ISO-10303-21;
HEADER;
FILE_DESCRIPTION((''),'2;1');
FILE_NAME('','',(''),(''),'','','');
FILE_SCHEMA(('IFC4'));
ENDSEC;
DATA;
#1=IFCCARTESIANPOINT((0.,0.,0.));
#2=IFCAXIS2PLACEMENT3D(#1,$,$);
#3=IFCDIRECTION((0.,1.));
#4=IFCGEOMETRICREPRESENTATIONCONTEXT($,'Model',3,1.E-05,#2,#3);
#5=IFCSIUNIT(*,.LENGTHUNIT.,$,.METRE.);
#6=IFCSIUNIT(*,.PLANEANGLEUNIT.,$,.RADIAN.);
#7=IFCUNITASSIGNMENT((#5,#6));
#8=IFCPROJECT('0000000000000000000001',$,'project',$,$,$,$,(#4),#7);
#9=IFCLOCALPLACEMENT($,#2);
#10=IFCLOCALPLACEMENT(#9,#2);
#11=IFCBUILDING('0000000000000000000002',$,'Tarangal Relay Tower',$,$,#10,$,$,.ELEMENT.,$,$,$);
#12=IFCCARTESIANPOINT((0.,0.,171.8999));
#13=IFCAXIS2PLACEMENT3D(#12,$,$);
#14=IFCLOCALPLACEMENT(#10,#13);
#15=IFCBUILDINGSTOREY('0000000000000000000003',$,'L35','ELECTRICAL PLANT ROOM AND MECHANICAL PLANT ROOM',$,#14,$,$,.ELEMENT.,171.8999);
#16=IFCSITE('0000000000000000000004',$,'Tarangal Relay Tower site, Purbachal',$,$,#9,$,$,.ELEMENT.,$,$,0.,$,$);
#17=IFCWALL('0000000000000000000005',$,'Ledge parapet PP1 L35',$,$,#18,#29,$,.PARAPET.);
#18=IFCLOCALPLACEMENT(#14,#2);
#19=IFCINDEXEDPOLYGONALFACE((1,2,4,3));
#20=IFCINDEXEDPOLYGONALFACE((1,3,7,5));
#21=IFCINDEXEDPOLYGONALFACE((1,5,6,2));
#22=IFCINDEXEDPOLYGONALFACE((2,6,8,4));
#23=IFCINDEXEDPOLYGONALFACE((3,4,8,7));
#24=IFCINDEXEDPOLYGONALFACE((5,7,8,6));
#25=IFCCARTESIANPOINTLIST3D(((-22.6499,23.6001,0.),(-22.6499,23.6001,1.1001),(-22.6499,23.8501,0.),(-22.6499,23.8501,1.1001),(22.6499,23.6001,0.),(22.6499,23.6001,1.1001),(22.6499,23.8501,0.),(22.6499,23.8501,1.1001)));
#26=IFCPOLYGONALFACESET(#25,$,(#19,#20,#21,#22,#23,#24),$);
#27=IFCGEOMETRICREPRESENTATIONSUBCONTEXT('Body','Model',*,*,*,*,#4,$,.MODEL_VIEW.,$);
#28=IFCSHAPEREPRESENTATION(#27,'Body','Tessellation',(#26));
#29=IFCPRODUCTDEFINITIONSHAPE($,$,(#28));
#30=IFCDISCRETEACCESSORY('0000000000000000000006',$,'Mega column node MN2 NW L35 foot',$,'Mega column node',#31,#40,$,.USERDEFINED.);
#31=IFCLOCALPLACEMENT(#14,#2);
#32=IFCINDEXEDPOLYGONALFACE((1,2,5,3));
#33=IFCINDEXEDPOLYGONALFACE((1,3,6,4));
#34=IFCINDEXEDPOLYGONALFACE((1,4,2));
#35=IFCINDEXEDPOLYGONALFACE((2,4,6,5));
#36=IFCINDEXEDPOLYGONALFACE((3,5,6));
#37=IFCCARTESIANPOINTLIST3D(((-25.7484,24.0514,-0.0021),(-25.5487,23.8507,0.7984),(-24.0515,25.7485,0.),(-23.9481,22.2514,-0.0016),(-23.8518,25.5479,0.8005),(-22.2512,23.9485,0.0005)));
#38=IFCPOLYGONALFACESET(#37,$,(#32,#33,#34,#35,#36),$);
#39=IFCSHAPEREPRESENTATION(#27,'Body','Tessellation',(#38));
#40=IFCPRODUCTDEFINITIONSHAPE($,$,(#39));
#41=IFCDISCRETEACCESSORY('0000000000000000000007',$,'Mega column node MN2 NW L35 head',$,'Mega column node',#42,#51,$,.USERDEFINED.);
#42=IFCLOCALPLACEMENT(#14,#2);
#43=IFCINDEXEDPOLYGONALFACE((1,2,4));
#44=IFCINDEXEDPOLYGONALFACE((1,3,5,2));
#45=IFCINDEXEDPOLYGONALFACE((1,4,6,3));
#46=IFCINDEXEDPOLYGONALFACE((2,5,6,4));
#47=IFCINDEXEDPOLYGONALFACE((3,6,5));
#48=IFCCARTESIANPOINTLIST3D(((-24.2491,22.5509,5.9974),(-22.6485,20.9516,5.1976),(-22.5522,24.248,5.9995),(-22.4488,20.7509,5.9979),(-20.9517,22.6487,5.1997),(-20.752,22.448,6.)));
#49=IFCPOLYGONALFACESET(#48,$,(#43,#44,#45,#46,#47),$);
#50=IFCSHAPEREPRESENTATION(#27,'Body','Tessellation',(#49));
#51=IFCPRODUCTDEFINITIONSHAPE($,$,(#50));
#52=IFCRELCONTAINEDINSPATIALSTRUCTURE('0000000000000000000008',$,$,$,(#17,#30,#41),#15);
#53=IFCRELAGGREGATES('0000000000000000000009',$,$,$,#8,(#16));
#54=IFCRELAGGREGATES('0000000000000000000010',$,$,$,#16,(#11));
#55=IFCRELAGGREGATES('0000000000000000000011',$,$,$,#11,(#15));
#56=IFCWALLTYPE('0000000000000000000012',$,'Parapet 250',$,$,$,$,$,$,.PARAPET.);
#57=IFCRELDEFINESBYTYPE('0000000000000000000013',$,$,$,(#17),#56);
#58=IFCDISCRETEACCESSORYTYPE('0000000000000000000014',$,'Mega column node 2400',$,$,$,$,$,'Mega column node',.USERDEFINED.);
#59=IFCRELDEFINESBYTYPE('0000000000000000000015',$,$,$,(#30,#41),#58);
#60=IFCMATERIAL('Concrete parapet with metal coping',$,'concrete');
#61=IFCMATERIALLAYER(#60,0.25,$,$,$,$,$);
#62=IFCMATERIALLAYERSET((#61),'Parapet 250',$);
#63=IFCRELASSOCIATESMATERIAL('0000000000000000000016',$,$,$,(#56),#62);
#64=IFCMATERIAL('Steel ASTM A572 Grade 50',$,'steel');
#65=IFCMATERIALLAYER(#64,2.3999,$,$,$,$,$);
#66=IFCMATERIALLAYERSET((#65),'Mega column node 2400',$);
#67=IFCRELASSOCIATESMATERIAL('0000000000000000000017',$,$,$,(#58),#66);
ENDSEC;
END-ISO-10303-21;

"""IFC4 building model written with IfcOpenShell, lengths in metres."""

from ifc_helpers import new_model, si_unit, direction, frame, frame_2d, origin, place, context, subcontext, project, spatial, polyline, rectangle, outline, extrude, material, layer, layer_set, type_object, element, save


model = new_model("IFC4")

# Units and contexts
model_context = context("Model", 3, precision=1e-05, world=origin(), true_north=direction((0.0, 1.0)))
body_context = subcontext(model_context, "Body", "Model", "MODEL_VIEW")
ifc_project = project(units=[si_unit("LENGTHUNIT", "METRE"), si_unit("PLANEANGLEUNIT", "RADIAN")], contexts=[model_context])

# Site, building, storey
site_placement = place(None, origin())
site = spatial("IfcSite", under=ifc_project, at=site_placement, Name="Tarangal Relay Tower site, Purbachal", CompositionType="ELEMENT", RefElevation=0.0)
building_placement = place(site_placement, origin())
building = spatial("IfcBuilding", under=site, at=building_placement, Name="Tarangal Relay Tower", CompositionType="ELEMENT")
storey_placement = place(building_placement, frame((0.0, 0.0, 171.8999)))
storey = spatial("IfcBuildingStorey", under=building, at=storey_placement, Name="L35", Description="ELECTRICAL PLANT ROOM AND MECHANICAL PLANT ROOM", CompositionType="ELEMENT", Elevation=171.8999)

# Shared definitions
ifc_material_1 = material(Name="Steel ASTM A572 Grade 50", Category="steel")

# Wall
ifc_material_2 = material(Name="Concrete parapet with metal coping", Category="concrete")
ifc_layer_1 = layer(ifc_material_2, 0.25)
ifc_layer_set_1 = layer_set([ifc_layer_1], Name="Parapet 250")
wall_type_1 = type_object("IfcWallType", Name="Parapet 250", PredefinedType="PARAPET", material=ifc_layer_set_1)
wall_1_placement = place(storey_placement, frame((-22.6499, 23.7251, 0.0), z_axis=(0.0, 0.0, 1.0), x_axis=(1.0, 0.0, 0.0)))
element("IfcWall", 1, at=wall_1_placement, inside=storey, type_object=wall_type_1, Name="Ledge parapet PP1 L35", PredefinedType="PARAPET", context=body_context, shape_type="SweptSolid", body=[
    extrude(rectangle(XDim=45.2998, YDim=0.25, at=frame_2d((22.6499, 0.0))), origin(), (0.0, 0.0, 1.0), 1.1001),
])

# Discrete accessories
ifc_layer_2 = layer(ifc_material_1, 2.3999)
ifc_layer_set_2 = layer_set([ifc_layer_2], Name="Mega column node 2400")
discrete_accessory_type = type_object("IfcDiscreteAccessoryType", Name="Mega column node 2400", ElementType="Mega column node", PredefinedType="USERDEFINED", material=ifc_layer_set_2)
discrete_accessory_1_placement = place(storey_placement, frame((-22.2512, 23.9485, 0.0005), z_axis=(0.707058, 0.707155, 0.000887), x_axis=(-0.666915, 0.666407, 0.333356)))
element("IfcDiscreteAccessory", 2, at=discrete_accessory_1_placement, inside=storey, type_object=discrete_accessory_type, Name="Mega column node MN2 NW L35 foot", ObjectType="Mega column node", PredefinedType="USERDEFINED", context=body_context, shape_type="SweptSolid", body=[
    extrude(outline(polyline([(0.0, 0.0), (2.4, 0.0), (2.4, -0.8491), (0.0, 0.0)])), origin(), (0.0, 0.0, -1.0), 2.3999),
])
discrete_accessory_2_placement = place(storey_placement, frame((-22.5522, 24.248, 5.9995), z_axis=(0.707058, 0.707155, 0.000887), x_axis=(0.666938, -0.666429, -0.333265)))
element("IfcDiscreteAccessory", 3, at=discrete_accessory_2_placement, inside=storey, type_object=discrete_accessory_type, Name="Mega column node MN2 NW L35 head", ObjectType="Mega column node", PredefinedType="USERDEFINED", context=body_context, shape_type="SweptSolid", body=[
    extrude(outline(polyline([(0.0, 0.0), (2.3999, 0.0), (2.4001, -0.8489), (0.0, 0.0)])), origin(), (0.0, 0.0, -1.0), 2.3999),
])

save(model, "model.ifc")
